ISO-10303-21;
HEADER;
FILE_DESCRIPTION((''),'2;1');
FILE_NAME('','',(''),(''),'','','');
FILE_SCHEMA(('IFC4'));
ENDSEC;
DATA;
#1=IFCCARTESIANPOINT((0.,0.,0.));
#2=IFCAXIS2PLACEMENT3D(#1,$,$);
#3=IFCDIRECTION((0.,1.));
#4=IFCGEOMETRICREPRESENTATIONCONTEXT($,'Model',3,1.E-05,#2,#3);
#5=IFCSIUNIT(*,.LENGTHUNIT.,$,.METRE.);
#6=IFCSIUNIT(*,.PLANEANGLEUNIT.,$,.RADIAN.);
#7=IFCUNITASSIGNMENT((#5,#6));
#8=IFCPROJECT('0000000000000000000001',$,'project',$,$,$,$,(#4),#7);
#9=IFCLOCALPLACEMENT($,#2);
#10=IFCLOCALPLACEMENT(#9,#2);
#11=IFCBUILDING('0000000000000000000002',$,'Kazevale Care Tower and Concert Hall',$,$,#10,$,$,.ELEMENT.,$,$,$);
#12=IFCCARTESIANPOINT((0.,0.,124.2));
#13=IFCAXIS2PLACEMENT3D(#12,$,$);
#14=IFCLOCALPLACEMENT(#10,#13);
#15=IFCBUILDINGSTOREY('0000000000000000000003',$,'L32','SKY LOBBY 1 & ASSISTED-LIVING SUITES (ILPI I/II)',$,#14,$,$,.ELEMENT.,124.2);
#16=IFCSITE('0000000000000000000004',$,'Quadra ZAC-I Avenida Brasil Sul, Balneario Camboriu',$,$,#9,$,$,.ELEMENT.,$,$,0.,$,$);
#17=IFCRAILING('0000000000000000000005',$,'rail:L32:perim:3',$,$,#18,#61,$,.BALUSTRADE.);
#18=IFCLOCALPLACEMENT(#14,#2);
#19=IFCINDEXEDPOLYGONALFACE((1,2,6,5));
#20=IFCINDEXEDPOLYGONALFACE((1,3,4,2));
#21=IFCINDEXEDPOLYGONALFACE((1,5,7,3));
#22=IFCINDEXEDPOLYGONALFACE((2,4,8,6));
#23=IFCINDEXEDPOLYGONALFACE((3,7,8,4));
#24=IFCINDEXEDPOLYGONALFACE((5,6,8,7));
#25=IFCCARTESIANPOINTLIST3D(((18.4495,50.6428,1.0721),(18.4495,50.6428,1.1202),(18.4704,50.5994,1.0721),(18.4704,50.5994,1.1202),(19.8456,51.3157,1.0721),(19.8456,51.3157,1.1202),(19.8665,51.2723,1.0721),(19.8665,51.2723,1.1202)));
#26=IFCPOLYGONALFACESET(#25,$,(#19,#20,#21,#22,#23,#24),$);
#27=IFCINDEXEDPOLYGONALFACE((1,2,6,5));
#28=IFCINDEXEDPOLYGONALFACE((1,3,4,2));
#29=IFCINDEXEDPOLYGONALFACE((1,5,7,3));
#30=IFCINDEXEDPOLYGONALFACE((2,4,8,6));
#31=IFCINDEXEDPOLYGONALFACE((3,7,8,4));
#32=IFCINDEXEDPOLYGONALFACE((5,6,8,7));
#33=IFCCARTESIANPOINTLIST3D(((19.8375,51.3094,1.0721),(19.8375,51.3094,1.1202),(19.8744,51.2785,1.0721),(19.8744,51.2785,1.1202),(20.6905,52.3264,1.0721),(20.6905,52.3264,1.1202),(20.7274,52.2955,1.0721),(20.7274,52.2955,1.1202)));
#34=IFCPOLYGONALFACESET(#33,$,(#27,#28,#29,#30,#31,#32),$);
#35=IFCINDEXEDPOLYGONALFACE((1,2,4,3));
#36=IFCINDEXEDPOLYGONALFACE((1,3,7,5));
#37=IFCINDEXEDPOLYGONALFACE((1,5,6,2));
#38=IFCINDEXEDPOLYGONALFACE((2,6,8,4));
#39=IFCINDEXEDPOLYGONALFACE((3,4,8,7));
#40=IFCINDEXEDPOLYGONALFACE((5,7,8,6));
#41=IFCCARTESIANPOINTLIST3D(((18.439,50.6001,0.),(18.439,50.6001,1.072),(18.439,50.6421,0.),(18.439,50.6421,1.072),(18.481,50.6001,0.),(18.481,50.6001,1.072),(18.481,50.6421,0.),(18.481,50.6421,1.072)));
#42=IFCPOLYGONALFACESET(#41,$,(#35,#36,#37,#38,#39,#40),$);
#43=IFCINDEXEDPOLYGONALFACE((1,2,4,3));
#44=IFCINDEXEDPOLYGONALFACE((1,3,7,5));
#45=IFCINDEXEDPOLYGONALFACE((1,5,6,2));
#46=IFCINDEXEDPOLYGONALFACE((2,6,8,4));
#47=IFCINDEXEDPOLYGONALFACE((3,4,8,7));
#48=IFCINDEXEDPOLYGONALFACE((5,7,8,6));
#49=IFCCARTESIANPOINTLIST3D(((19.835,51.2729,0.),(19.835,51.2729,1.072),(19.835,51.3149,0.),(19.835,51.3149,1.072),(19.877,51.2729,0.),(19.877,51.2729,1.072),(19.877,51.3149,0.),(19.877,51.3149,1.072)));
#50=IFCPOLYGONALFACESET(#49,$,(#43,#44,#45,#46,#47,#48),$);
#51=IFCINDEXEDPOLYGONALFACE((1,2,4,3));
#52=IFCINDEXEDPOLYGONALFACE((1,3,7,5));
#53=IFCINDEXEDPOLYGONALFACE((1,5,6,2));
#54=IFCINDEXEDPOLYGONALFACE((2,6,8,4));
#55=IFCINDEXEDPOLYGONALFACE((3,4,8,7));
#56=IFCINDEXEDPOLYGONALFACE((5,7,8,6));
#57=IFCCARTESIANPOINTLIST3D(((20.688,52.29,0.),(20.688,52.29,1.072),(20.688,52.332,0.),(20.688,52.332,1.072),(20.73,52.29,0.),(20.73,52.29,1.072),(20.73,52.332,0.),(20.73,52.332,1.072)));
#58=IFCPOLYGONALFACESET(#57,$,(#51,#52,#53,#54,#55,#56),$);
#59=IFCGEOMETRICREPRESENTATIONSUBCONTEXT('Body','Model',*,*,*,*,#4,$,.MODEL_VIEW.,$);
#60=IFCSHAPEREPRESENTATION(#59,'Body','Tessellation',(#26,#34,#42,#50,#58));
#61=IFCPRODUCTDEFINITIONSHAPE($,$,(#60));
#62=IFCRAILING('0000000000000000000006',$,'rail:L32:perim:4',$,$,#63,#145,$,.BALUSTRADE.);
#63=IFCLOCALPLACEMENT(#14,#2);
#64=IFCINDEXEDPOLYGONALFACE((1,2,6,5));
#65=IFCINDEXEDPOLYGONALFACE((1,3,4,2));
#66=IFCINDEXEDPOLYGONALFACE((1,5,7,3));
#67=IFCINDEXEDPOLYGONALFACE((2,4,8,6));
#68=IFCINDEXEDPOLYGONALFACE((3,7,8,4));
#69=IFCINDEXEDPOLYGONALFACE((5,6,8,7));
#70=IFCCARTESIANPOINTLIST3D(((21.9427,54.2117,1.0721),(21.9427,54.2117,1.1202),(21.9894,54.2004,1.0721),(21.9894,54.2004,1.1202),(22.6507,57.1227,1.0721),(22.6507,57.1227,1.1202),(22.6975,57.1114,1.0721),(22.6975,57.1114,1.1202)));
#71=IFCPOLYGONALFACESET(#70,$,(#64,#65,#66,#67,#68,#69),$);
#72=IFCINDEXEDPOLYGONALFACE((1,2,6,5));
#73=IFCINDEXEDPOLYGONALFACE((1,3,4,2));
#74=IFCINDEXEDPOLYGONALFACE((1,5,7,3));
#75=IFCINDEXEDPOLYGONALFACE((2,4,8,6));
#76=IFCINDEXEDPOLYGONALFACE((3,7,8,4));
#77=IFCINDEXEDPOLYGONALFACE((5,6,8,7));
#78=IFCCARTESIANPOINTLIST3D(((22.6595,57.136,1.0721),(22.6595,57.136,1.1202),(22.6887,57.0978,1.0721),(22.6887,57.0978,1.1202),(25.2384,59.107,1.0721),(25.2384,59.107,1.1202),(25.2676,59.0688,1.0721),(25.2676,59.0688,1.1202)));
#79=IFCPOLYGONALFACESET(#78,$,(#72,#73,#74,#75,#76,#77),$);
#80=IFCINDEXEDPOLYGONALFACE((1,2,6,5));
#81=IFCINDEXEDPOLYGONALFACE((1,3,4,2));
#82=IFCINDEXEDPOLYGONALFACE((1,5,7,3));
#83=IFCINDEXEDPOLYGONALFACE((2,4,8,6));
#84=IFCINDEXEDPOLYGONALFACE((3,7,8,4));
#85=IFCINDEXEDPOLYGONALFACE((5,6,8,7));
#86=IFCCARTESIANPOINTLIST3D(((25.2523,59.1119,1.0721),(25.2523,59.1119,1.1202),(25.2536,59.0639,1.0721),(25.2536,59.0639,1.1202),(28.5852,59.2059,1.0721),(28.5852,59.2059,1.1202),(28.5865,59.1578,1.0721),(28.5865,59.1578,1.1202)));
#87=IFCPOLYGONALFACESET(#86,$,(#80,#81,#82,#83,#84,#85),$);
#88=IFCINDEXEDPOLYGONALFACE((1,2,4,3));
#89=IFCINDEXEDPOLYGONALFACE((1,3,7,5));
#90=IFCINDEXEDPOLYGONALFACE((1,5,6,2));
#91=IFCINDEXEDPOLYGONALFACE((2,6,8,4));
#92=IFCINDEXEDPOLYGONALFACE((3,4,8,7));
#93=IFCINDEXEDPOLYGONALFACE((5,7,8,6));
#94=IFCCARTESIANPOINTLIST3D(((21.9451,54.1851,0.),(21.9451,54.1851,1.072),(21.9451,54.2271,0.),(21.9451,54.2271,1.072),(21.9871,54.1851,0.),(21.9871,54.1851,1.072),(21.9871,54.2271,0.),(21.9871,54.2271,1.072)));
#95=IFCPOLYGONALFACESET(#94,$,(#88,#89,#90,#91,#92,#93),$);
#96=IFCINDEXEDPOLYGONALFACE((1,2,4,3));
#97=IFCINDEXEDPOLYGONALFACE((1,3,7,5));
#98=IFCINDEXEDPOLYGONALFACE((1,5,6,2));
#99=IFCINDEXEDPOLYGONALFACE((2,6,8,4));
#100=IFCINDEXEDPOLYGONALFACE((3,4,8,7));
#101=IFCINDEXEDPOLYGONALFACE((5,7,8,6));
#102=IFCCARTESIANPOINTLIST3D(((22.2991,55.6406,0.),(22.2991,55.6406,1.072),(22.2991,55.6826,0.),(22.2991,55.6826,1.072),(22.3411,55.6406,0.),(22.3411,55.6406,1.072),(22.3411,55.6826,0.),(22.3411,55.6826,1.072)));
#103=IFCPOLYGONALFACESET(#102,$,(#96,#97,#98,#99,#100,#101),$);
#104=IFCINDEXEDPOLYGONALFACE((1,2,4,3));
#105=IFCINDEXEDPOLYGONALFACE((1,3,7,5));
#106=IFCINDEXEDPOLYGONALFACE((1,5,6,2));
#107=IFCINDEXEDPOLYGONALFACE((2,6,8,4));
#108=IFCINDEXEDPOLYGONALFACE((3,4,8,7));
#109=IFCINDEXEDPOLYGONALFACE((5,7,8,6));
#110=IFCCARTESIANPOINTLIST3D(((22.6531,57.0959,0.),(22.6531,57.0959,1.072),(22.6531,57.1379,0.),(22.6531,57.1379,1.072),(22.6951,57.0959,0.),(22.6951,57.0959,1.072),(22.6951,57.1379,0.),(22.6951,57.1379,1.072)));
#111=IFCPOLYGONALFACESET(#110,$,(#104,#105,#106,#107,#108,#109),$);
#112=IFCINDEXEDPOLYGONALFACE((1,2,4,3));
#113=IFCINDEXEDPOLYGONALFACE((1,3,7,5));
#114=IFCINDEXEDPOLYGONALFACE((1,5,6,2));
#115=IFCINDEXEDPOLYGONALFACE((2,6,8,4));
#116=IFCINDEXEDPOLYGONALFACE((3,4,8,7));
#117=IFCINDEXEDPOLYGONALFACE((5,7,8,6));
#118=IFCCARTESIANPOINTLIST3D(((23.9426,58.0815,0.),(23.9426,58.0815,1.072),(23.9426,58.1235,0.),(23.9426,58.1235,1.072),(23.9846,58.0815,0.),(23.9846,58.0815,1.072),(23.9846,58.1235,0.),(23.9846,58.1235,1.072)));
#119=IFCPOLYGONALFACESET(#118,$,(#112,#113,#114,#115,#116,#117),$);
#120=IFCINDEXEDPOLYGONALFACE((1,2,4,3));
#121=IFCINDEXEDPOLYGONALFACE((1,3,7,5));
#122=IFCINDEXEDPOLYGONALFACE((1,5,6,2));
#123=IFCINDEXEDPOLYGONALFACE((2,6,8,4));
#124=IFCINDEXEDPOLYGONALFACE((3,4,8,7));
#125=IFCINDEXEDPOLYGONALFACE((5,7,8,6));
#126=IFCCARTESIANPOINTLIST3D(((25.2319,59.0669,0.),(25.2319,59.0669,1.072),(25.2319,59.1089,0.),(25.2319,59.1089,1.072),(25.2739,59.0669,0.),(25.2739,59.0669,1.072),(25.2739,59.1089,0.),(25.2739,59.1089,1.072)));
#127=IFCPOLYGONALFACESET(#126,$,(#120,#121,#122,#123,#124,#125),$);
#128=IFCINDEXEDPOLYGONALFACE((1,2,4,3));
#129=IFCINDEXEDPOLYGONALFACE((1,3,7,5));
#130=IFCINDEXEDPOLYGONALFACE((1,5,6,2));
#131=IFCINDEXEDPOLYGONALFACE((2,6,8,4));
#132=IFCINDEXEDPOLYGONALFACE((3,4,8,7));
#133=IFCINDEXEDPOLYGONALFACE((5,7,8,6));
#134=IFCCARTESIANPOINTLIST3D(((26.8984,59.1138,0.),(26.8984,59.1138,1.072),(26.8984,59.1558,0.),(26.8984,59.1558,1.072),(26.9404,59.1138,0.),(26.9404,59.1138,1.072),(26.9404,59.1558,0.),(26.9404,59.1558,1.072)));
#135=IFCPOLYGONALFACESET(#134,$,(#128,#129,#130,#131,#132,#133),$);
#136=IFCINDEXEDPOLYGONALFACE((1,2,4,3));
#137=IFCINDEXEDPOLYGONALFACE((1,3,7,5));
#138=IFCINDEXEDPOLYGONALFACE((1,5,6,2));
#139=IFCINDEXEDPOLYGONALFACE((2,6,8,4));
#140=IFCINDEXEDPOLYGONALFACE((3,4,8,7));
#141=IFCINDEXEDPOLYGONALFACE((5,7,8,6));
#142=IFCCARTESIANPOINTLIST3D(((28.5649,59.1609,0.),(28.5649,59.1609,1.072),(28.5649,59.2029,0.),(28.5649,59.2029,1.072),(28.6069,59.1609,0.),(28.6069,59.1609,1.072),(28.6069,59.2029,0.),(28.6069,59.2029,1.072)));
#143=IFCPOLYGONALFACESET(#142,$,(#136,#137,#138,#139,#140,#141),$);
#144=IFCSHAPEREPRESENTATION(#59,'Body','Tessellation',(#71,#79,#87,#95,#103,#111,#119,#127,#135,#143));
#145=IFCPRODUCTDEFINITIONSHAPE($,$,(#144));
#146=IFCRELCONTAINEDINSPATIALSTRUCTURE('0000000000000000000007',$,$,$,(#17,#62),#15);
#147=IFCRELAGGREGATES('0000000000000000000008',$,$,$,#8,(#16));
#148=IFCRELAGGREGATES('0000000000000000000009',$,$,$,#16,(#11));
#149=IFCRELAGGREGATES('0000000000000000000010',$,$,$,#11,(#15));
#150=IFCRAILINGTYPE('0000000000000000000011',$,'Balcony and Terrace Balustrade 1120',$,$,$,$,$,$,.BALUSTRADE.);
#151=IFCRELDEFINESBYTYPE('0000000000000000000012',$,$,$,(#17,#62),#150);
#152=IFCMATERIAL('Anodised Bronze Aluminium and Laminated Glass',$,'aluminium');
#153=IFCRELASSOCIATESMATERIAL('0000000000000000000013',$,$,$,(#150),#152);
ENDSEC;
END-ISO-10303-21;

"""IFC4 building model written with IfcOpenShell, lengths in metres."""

from ifc_helpers import new_model, si_unit, direction, frame, origin, origin_2d, place, context, subcontext, project, spatial, rectangle, extrude, material, type_object, element, save


model = new_model("IFC4")

# Units and contexts
model_context = context("Model", 3, precision=1e-05, world=origin(), true_north=direction((0.0, 1.0)))
body_context = subcontext(model_context, "Body", "Model", "MODEL_VIEW")
ifc_project = project(units=[si_unit("LENGTHUNIT", "METRE"), si_unit("PLANEANGLEUNIT", "RADIAN")], contexts=[model_context])

# Site, building, storey
site_placement = place(None, origin())
site = spatial("IfcSite", under=ifc_project, at=site_placement, Name="Quadra ZAC-I Avenida Brasil Sul, Balneario Camboriu", CompositionType="ELEMENT", RefElevation=0.0)
building_placement = place(site_placement, origin())
building = spatial("IfcBuilding", under=site, at=building_placement, Name="Kazevale Care Tower and Concert Hall", CompositionType="ELEMENT")
storey_placement = place(building_placement, frame((0.0, 0.0, 124.2)))
storey = spatial("IfcBuildingStorey", under=building, at=storey_placement, Name="L32", Description="SKY LOBBY 1 & ASSISTED-LIVING SUITES (ILPI I/II)", CompositionType="ELEMENT", Elevation=124.2)

# Railings
ifc_material_1 = material(Name="Anodised Bronze Aluminium and Laminated Glass", Category="aluminium")
railing_type = type_object("IfcRailingType", Name="Balcony and Terrace Balustrade 1120", PredefinedType="BALUSTRADE", material=ifc_material_1)
railing_1_placement = place(storey_placement, frame((18.46, 50.6211, 0.0)))
element("IfcRailing", 1, at=railing_1_placement, inside=storey, type_object=railing_type, Name="rail:L32:perim:3", PredefinedType="BALUSTRADE", context=body_context, shape_type="SweptSolid", body=[
    extrude(rectangle(XDim=0.0481, YDim=0.0481, at=origin_2d()), frame((0.0, 0.0, 1.0962), z_axis=(0.900824, 0.434185, 0.0), x_axis=(-0.434185, 0.900824, 0.0)), (0.0, 0.0, 1.0), 1.5498),
    extrude(rectangle(XDim=0.0481, YDim=0.0481, at=origin_2d()), frame((1.396, 0.6729, 1.0962), z_axis=(0.642605, 0.766197, 0.0), x_axis=(-0.766197, 0.642605, 0.0)), (0.0, 0.0, 1.0), 1.3274),
    extrude(rectangle(XDim=0.042, YDim=0.042, at=origin_2d()), origin(), (0.0, 0.0, 1.0), 1.072),
    extrude(rectangle(XDim=0.042, YDim=0.042, at=origin_2d()), frame((1.396, 0.6729, 0.0)), (0.0, 0.0, 1.0), 1.072),
    extrude(rectangle(XDim=0.042, YDim=0.042, at=origin_2d()), frame((2.249, 1.6899, 0.0)), (0.0, 0.0, 1.0), 1.072),
])
railing_2_placement = place(storey_placement, frame((21.9661, 54.2061, 0.0)))
element("IfcRailing", 2, at=railing_2_placement, inside=storey, type_object=railing_type, Name="rail:L32:perim:4", PredefinedType="BALUSTRADE", context=body_context, shape_type="SweptSolid", body=[
    extrude(rectangle(XDim=0.0481, YDim=0.0481, at=origin_2d()), frame((0.0, 0.0, 1.0962), z_axis=(0.236337, 0.971671, 0.0), x_axis=(-0.971671, 0.236337, 0.0)), (0.0, 0.0, 1.0), 2.9958),
    extrude(rectangle(XDim=0.0481, YDim=0.0481, at=origin_2d()), frame((0.708, 2.9109, 1.0962), z_axis=(0.794524, 0.607232, 0.0), x_axis=(-0.607232, 0.794524, 0.0)), (0.0, 0.0, 1.0), 3.2458),
    extrude(rectangle(XDim=0.0481, YDim=0.0481, at=origin_2d()), frame((3.2869, 4.8818, 1.0962), z_axis=(0.999603, 0.02819, 0.0), x_axis=(-0.02819, 0.999603, 0.0)), (0.0, 0.0, 1.0), 3.3342),
    extrude(rectangle(XDim=0.042, YDim=0.042, at=origin_2d()), origin(), (0.0, 0.0, 1.0), 1.072),
    extrude(rectangle(XDim=0.042, YDim=0.042, at=origin_2d()), frame((0.354, 1.4556, 0.0)), (0.0, 0.0, 1.0), 1.072),
    extrude(rectangle(XDim=0.042, YDim=0.042, at=origin_2d()), frame((0.708, 2.9109, 0.0)), (0.0, 0.0, 1.0), 1.072),
    extrude(rectangle(XDim=0.042, YDim=0.042, at=origin_2d()), frame((1.9976, 3.8965, 0.0)), (0.0, 0.0, 1.0), 1.072),
    extrude(rectangle(XDim=0.042, YDim=0.042, at=origin_2d()), frame((3.2869, 4.8818, 0.0)), (0.0, 0.0, 1.0), 1.072),
    extrude(rectangle(XDim=0.042, YDim=0.042, at=origin_2d()), frame((4.9534, 4.9287, 0.0)), (0.0, 0.0, 1.0), 1.072),
    extrude(rectangle(XDim=0.042, YDim=0.042, at=origin_2d()), frame((6.6199, 4.9758, 0.0)), (0.0, 0.0, 1.0), 1.072),
])

save(model, "model.ifc")
